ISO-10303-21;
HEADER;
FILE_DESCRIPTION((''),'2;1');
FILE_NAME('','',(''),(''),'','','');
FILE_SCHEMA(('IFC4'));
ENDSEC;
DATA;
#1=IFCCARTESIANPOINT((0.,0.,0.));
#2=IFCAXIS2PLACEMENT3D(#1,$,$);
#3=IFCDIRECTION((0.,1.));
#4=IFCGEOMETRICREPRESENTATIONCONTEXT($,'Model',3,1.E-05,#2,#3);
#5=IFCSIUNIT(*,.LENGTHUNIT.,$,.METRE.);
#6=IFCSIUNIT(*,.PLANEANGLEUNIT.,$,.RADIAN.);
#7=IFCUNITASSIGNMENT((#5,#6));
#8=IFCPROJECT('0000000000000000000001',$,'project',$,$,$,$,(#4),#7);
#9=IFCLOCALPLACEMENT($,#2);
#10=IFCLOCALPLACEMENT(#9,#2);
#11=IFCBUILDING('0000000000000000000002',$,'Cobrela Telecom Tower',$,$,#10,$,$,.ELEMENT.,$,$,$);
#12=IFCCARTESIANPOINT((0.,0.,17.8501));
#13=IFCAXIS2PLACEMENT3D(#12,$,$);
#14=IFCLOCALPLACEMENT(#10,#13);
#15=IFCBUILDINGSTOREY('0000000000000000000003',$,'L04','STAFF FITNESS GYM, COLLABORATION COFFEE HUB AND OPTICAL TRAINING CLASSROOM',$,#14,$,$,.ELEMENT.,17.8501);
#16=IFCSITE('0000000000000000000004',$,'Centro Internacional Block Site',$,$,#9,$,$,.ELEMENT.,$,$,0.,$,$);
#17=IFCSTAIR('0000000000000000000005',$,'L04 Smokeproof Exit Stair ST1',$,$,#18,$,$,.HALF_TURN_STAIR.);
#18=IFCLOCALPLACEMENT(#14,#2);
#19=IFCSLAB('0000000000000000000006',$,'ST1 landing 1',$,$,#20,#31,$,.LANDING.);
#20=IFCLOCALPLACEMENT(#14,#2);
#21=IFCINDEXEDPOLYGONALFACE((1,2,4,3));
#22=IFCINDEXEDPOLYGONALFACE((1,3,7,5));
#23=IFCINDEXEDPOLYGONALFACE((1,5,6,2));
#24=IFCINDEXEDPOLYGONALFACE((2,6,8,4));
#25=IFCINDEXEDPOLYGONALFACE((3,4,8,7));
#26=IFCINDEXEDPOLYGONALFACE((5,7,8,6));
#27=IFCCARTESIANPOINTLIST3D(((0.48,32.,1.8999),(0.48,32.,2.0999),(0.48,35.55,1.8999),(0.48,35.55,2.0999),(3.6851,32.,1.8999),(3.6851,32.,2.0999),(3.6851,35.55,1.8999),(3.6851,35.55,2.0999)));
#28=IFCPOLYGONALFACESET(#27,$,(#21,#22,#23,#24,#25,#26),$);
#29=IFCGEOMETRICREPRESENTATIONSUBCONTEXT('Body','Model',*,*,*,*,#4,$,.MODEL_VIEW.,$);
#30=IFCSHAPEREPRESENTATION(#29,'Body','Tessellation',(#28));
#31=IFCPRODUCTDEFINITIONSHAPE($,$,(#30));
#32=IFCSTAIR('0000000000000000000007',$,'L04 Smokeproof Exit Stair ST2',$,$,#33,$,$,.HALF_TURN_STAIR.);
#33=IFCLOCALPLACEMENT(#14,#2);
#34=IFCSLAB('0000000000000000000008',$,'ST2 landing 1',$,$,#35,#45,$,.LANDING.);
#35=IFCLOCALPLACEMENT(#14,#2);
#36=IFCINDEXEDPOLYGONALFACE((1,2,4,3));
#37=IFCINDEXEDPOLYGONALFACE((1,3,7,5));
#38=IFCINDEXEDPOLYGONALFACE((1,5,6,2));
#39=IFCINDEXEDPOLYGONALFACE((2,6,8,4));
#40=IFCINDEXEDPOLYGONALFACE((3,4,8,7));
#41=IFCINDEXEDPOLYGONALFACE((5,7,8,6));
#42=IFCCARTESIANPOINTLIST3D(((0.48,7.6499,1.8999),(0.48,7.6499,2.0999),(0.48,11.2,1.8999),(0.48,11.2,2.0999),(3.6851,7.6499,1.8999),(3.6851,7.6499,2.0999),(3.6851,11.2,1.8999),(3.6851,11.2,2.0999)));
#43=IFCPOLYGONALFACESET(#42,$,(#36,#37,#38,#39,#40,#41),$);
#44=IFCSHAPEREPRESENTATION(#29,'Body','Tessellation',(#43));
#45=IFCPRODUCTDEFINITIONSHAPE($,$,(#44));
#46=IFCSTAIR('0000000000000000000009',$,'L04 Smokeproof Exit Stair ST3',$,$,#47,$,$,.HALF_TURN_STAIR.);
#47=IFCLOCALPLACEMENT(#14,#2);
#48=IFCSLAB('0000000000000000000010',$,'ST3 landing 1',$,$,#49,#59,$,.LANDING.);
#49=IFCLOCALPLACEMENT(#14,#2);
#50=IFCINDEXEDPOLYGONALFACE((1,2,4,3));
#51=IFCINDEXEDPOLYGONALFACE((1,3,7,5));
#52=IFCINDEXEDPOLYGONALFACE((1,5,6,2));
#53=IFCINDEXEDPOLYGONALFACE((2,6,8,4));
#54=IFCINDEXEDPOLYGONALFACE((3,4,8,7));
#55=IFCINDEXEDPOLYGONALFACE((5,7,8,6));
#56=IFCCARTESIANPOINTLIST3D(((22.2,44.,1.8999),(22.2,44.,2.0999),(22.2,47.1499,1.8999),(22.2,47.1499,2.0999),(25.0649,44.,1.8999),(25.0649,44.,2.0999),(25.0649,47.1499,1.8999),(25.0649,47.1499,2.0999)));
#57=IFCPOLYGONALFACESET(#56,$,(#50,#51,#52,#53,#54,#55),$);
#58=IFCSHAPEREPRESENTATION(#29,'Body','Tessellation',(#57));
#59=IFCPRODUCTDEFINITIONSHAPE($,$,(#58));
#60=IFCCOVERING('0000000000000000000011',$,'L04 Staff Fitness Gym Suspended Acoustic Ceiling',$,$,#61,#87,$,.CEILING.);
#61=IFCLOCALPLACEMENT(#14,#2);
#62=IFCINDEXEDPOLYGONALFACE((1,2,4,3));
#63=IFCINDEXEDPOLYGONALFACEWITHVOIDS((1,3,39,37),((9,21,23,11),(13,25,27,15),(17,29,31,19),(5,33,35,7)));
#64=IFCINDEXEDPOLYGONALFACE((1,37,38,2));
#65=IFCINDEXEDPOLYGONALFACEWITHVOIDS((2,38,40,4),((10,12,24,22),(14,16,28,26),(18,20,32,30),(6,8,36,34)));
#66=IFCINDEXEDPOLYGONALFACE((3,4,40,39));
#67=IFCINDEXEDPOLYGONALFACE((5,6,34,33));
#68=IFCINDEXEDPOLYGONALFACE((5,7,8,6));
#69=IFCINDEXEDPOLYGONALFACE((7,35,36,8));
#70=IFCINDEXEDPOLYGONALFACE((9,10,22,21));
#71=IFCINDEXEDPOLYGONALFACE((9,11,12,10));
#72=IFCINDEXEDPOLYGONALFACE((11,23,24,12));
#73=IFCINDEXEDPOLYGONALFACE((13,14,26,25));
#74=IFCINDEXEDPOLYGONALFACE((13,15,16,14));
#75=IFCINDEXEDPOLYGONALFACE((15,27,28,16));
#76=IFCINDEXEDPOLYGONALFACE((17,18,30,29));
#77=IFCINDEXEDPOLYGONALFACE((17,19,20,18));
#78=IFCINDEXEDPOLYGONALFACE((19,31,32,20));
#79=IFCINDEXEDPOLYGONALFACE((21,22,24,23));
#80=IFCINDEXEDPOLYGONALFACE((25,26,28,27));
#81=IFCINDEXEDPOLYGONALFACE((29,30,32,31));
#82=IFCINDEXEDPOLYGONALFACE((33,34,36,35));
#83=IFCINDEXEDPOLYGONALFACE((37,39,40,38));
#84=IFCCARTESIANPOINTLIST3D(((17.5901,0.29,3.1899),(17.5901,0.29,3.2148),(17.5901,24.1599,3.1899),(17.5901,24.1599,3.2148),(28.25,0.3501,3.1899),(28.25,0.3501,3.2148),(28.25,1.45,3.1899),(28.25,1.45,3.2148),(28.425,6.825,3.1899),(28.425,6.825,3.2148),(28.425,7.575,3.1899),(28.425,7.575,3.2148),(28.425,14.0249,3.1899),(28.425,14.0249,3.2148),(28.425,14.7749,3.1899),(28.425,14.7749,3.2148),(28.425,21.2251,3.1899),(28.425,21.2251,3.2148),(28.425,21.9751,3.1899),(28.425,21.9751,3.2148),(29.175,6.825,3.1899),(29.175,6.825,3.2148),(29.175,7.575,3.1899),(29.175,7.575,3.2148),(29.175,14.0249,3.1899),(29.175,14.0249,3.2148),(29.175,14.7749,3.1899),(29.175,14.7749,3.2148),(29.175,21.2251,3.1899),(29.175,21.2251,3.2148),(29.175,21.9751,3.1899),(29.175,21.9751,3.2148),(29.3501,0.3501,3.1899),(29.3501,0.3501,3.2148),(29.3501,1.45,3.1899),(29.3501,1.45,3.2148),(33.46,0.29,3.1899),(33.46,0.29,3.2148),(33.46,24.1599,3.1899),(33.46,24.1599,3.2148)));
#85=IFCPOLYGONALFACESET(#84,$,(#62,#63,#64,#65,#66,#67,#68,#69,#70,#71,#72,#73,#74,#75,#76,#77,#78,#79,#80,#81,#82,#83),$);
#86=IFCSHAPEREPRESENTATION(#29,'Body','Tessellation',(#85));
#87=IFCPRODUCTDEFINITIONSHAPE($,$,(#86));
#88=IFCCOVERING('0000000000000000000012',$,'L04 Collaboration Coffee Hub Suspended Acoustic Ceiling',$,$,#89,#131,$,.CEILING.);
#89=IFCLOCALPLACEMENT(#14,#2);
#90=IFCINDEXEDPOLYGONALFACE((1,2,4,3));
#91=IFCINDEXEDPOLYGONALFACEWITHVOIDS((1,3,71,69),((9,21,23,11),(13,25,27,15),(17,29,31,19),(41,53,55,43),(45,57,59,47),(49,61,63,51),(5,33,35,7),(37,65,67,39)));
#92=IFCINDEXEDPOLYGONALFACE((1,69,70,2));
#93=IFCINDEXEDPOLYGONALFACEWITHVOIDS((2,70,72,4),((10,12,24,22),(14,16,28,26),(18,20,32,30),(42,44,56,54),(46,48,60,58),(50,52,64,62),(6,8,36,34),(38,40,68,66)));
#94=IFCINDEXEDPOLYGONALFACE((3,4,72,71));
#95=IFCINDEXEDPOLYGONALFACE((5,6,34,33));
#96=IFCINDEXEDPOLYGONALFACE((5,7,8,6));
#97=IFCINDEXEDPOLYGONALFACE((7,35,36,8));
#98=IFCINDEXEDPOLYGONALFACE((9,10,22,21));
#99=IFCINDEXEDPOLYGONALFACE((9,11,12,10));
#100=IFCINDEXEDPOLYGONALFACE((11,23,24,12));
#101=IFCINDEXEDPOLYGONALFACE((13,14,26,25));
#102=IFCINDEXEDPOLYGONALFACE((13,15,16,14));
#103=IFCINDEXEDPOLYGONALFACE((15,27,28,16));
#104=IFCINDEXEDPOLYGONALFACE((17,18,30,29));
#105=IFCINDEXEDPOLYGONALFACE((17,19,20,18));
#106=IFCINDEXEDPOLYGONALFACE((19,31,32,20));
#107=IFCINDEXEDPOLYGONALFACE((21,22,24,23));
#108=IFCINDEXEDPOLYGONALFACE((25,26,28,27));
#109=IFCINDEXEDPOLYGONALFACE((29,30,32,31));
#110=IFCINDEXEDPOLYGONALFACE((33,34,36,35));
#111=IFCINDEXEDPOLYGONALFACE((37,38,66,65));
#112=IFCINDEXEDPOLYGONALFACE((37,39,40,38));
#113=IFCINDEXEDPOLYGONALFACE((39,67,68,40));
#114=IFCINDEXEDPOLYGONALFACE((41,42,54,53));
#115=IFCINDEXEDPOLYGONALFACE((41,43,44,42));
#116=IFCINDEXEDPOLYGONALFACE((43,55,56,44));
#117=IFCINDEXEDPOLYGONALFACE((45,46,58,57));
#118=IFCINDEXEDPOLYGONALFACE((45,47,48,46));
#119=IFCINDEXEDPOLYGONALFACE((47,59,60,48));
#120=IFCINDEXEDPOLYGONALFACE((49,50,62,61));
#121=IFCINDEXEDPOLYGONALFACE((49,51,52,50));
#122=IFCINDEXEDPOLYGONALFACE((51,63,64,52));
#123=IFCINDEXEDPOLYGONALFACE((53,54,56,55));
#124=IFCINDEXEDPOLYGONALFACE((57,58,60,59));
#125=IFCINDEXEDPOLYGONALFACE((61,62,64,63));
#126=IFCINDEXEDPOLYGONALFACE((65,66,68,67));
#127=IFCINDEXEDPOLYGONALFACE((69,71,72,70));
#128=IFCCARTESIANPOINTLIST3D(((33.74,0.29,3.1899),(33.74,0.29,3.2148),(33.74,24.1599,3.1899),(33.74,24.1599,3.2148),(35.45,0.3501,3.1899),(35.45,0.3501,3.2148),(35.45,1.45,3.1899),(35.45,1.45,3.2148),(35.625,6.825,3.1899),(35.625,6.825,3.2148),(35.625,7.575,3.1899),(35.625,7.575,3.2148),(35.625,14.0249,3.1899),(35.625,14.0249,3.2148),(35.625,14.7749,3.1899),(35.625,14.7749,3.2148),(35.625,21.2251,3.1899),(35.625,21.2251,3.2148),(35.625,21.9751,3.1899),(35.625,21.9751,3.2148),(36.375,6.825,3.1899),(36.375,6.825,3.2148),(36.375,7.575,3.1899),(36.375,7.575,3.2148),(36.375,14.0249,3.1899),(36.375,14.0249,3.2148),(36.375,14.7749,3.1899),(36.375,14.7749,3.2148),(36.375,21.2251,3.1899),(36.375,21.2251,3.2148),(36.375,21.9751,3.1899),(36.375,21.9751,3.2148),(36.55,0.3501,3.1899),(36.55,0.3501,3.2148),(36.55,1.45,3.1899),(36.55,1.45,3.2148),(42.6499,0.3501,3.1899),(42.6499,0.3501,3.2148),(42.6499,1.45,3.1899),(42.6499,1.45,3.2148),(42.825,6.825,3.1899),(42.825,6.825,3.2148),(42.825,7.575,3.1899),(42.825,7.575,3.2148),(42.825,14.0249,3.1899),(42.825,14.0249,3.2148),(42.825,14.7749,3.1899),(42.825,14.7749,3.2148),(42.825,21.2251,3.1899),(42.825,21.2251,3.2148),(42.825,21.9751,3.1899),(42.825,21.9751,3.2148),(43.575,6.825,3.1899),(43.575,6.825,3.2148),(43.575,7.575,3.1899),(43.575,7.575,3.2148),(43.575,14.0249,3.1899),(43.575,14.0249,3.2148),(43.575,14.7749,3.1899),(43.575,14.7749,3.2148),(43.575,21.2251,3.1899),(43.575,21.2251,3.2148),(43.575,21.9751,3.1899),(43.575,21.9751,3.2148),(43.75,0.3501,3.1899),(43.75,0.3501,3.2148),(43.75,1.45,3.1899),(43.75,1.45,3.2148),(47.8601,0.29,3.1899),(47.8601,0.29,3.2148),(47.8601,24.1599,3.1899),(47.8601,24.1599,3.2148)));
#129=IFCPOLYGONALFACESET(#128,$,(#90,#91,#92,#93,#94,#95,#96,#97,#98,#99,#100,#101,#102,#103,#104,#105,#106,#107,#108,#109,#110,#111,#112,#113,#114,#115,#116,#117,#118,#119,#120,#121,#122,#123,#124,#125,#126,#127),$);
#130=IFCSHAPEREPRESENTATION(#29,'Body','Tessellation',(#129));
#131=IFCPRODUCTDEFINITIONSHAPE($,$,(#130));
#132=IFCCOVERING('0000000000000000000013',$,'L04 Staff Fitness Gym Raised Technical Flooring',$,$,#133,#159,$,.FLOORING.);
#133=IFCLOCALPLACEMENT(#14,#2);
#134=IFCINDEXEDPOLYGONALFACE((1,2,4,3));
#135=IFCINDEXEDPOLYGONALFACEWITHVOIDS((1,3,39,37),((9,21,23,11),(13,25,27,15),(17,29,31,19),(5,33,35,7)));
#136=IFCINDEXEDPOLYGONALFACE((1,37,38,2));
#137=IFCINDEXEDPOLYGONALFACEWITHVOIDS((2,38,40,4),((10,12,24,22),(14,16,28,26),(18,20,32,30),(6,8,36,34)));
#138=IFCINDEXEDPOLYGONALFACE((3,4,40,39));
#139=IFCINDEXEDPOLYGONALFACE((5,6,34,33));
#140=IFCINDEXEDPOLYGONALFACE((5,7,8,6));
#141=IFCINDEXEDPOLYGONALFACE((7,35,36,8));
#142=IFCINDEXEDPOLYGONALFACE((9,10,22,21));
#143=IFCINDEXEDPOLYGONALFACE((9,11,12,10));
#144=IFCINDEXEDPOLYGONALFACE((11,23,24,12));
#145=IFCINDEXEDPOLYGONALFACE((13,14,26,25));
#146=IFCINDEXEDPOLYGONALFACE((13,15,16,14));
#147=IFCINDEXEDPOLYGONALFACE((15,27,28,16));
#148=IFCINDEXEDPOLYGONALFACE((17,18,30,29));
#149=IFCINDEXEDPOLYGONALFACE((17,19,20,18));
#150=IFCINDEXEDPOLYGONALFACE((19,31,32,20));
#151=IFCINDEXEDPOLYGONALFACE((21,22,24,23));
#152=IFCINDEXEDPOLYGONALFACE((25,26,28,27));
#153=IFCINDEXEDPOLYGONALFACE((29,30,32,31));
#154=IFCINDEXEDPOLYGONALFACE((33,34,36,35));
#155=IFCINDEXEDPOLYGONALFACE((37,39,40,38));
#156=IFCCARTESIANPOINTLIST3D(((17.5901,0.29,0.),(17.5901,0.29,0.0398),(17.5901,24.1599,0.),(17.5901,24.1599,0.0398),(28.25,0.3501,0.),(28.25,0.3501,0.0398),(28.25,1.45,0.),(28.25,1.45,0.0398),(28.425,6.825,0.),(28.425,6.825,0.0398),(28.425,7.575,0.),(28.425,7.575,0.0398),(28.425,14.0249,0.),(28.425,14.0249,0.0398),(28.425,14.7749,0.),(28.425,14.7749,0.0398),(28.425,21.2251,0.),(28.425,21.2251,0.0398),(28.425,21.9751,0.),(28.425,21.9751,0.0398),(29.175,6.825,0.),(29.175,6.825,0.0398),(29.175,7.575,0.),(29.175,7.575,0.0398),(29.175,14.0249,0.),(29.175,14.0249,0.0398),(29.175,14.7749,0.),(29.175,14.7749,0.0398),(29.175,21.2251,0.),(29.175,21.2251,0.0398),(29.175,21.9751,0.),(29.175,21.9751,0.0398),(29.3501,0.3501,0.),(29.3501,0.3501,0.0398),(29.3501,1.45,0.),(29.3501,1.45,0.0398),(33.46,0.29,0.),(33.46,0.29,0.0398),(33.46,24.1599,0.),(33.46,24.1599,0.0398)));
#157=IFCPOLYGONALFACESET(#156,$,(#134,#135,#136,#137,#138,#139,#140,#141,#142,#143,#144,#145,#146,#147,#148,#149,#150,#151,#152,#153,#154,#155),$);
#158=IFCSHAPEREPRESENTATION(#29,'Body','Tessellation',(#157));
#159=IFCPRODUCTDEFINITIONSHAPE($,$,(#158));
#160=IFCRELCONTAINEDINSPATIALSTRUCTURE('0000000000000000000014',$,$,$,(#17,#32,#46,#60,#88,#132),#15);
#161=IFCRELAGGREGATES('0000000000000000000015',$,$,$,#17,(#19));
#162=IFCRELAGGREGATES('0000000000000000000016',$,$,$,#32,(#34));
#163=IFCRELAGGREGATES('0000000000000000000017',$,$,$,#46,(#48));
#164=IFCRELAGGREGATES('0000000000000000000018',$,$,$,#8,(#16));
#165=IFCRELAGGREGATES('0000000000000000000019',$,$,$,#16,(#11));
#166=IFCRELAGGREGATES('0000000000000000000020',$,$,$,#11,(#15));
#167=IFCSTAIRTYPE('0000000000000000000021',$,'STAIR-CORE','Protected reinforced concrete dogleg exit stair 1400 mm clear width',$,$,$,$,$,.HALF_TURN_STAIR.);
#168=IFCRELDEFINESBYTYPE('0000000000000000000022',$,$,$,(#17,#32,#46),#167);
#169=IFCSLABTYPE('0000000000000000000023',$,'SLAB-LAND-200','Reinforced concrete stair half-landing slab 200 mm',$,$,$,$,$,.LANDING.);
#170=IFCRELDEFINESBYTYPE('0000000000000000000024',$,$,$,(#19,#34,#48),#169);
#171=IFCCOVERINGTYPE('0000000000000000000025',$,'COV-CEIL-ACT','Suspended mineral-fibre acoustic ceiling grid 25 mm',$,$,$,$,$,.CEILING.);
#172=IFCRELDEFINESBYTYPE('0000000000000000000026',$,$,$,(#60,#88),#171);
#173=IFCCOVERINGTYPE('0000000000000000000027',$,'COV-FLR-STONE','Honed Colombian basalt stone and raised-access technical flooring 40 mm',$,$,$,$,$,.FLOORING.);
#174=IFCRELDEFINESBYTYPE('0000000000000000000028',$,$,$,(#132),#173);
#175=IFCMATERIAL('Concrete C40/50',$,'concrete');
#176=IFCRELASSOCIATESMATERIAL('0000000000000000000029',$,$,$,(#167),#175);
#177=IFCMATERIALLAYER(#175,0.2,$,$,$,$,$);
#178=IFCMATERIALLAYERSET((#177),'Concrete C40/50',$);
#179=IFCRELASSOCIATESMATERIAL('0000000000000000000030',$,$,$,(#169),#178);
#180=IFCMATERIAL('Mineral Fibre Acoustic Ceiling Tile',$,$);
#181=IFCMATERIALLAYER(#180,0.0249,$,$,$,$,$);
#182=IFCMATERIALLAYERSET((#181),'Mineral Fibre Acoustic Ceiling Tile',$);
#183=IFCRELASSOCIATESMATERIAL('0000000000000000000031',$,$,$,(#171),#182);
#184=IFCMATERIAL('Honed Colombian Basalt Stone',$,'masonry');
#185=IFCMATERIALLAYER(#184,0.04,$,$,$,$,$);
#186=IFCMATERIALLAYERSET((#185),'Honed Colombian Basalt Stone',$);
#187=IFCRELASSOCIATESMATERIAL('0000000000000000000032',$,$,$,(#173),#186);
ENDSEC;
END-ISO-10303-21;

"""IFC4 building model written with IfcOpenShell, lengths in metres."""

from ifc_helpers import new_model, si_unit, direction, frame, origin, place, context, subcontext, project, spatial, polyline, outline, extrude, material, layer, layer_set, type_object, element, aggregate, save


model = new_model("IFC4")

# Units and contexts
model_context = context("Model", 3, precision=1e-05, world=origin(), true_north=direction((0.0, 1.0)))
body_context = subcontext(model_context, "Body", "Model", "MODEL_VIEW")
ifc_project = project(units=[si_unit("LENGTHUNIT", "METRE"), si_unit("PLANEANGLEUNIT", "RADIAN")], contexts=[model_context])

# Site, building, storey
site_placement = place(None, origin())
site = spatial("IfcSite", under=ifc_project, at=site_placement, Name="Centro Internacional Block Site", CompositionType="ELEMENT", RefElevation=0.0)
building_placement = place(site_placement, origin())
building = spatial("IfcBuilding", under=site, at=building_placement, Name="Cobrela Telecom Tower", CompositionType="ELEMENT")
storey_placement = place(building_placement, frame((0.0, 0.0, 17.8501)))
storey = spatial("IfcBuildingStorey", under=building, at=storey_placement, Name="L04", Description="STAFF FITNESS GYM, COLLABORATION COFFEE HUB AND OPTICAL TRAINING CLASSROOM", CompositionType="ELEMENT", Elevation=17.8501)

# Shared definitions
ifc_material_1 = material(Name="Concrete C40/50", Category="concrete")

# Stairs, slabs
stair_type = type_object("IfcStairType", Name="STAIR-CORE", Description="Protected reinforced concrete dogleg exit stair 1400 mm clear width", PredefinedType="HALF_TURN_STAIR", material=ifc_material_1)
stair_1_placement = place(storey_placement, origin())
stair_1 = element("IfcStair", 1, at=stair_1_placement, inside=storey, type_object=stair_type, Name="L04 Smokeproof Exit Stair ST1", PredefinedType="HALF_TURN_STAIR")
ifc_layer_1 = layer(ifc_material_1, 0.2)
ifc_layer_set_1 = layer_set([ifc_layer_1], Name="Concrete C40/50")
slab_type_1 = type_object("IfcSlabType", Name="SLAB-LAND-200", Description="Reinforced concrete stair half-landing slab 200 mm", PredefinedType="LANDING", material=ifc_layer_set_1)
slab_1_placement = place(storey_placement, frame((0.0, 0.0, 1.8999)))
slab_1 = element("IfcSlab", 2, at=slab_1_placement, type_object=slab_type_1, Name="ST1 landing 1", PredefinedType="LANDING", context=body_context, shape_type="SweptSolid", body=[
    extrude(outline(polyline([(3.6851, 35.55), (0.48, 35.55), (0.48, 32.0), (3.6851, 32.0), (3.6851, 35.55)])), origin(), (0.0, 0.0, 1.0), 0.2),
])
aggregate(stair_1, [slab_1])
stair_2_placement = place(storey_placement, origin())
stair_2 = element("IfcStair", 3, at=stair_2_placement, inside=storey, type_object=stair_type, Name="L04 Smokeproof Exit Stair ST2", PredefinedType="HALF_TURN_STAIR")
slab_2_placement = place(storey_placement, frame((0.0, 0.0, 1.8999)))
slab_2 = element("IfcSlab", 4, at=slab_2_placement, type_object=slab_type_1, Name="ST2 landing 1", PredefinedType="LANDING", context=body_context, shape_type="SweptSolid", body=[
    extrude(outline(polyline([(3.6851, 11.2), (0.48, 11.2), (0.48, 7.6499), (3.6851, 7.6499), (3.6851, 11.2)])), origin(), (0.0, 0.0, 1.0), 0.2),
])
aggregate(stair_2, [slab_2])
stair_3_placement = place(storey_placement, origin())
stair_3 = element("IfcStair", 5, at=stair_3_placement, inside=storey, type_object=stair_type, Name="L04 Smokeproof Exit Stair ST3", PredefinedType="HALF_TURN_STAIR")
slab_3_placement = place(storey_placement, frame((0.0, 0.0, 1.8999)))
slab_3 = element("IfcSlab", 6, at=slab_3_placement, type_object=slab_type_1, Name="ST3 landing 1", PredefinedType="LANDING", context=body_context, shape_type="SweptSolid", body=[
    extrude(outline(polyline([(25.0649, 47.1499), (22.2, 47.1499), (22.2, 44.0), (25.0649, 44.0), (25.0649, 47.1499)])), origin(), (0.0, 0.0, 1.0), 0.2),
])
aggregate(stair_3, [slab_3])

# Coverings
ifc_material_2 = material(Name="Mineral Fibre Acoustic Ceiling Tile")
ifc_layer_2 = layer(ifc_material_2, 0.0249)
ifc_layer_set_2 = layer_set([ifc_layer_2], Name="Mineral Fibre Acoustic Ceiling Tile")
covering_type_1 = type_object("IfcCoveringType", Name="COV-CEIL-ACT", Description="Suspended mineral-fibre acoustic ceiling grid 25 mm", PredefinedType="CEILING", material=ifc_layer_set_2)
covering_1_placement = place(storey_placement, frame((0.0, 0.0, 3.1899)))
element("IfcCovering", 7, at=covering_1_placement, inside=storey, type_object=covering_type_1, Name="L04 Staff Fitness Gym Suspended Acoustic Ceiling", PredefinedType="CEILING", context=body_context, shape_type="SweptSolid", body=[
    extrude(outline(polyline([(33.46, 0.29), (17.5901, 0.29), (17.5901, 24.1599), (33.46, 24.1599), (33.46, 0.29)]), holes=[polyline([(29.3501, 0.3501), (29.3501, 1.45), (28.25, 1.45), (28.25, 0.3501), (29.3501, 0.3501)]), polyline([(28.425, 6.825), (29.175, 6.825), (29.175, 7.575), (28.425, 7.575), (28.425, 6.825)]), polyline([(29.175, 14.0249), (29.175, 14.7749), (28.425, 14.7749), (28.425, 14.0249), (29.175, 14.0249)]), polyline([(28.425, 21.2251), (29.175, 21.2251), (29.175, 21.9751), (28.425, 21.9751), (28.425, 21.2251)])]), origin(), (0.0, 0.0, 1.0), 0.0249),
])
covering_2_placement = place(storey_placement, frame((0.0, 0.0, 3.1899)))
element("IfcCovering", 8, at=covering_2_placement, inside=storey, type_object=covering_type_1, Name="L04 Collaboration Coffee Hub Suspended Acoustic Ceiling", PredefinedType="CEILING", context=body_context, shape_type="SweptSolid", body=[
    extrude(outline(polyline([(47.8601, 0.29), (33.74, 0.29), (33.74, 24.1599), (47.8601, 24.1599), (47.8601, 0.29)]), holes=[polyline([(35.45, 0.3501), (36.55, 0.3501), (36.55, 1.45), (35.45, 1.45), (35.45, 0.3501)]), polyline([(35.625, 6.825), (36.375, 6.825), (36.375, 7.575), (35.625, 7.575), (35.625, 6.825)]), polyline([(42.6499, 0.3501), (43.75, 0.3501), (43.75, 1.45), (42.6499, 1.45), (42.6499, 0.3501)]), polyline([(42.825, 6.825), (43.575, 6.825), (43.575, 7.575), (42.825, 7.575), (42.825, 6.825)]), polyline([(42.825, 14.0249), (43.575, 14.0249), (43.575, 14.7749), (42.825, 14.7749), (42.825, 14.0249)]), polyline([(35.625, 14.0249), (36.375, 14.0249), (36.375, 14.7749), (35.625, 14.7749), (35.625, 14.0249)]), polyline([(42.825, 21.2251), (43.575, 21.2251), (43.575, 21.9751), (42.825, 21.9751), (42.825, 21.2251)]), polyline([(36.375, 21.2251), (36.375, 21.9751), (35.625, 21.9751), (35.625, 21.2251), (36.375, 21.2251)])]), origin(), (0.0, 0.0, 1.0), 0.0249),
])
ifc_material_3 = material(Name="Honed Colombian Basalt Stone", Category="masonry")
ifc_layer_3 = layer(ifc_material_3, 0.04)
ifc_layer_set_3 = layer_set([ifc_layer_3], Name="Honed Colombian Basalt Stone")
covering_type_2 = type_object("IfcCoveringType", Name="COV-FLR-STONE", Description="Honed Colombian basalt stone and raised-access technical flooring 40 mm", PredefinedType="FLOORING", material=ifc_layer_set_3)
covering_3_placement = place(storey_placement, origin())
element("IfcCovering", 9, at=covering_3_placement, inside=storey, type_object=covering_type_2, Name="L04 Staff Fitness Gym Raised Technical Flooring", PredefinedType="FLOORING", context=body_context, shape_type="SweptSolid", body=[
    extrude(outline(polyline([(33.46, 0.29), (17.5901, 0.29), (17.5901, 24.1599), (33.46, 24.1599), (33.46, 0.29)]), holes=[polyline([(29.3501, 0.3501), (29.3501, 1.45), (28.25, 1.45), (28.25, 0.3501), (29.3501, 0.3501)]), polyline([(28.425, 6.825), (29.175, 6.825), (29.175, 7.575), (28.425, 7.575), (28.425, 6.825)]), polyline([(29.175, 14.0249), (29.175, 14.7749), (28.425, 14.7749), (28.425, 14.0249), (29.175, 14.0249)]), polyline([(28.425, 21.2251), (29.175, 21.2251), (29.175, 21.9751), (28.425, 21.9751), (28.425, 21.2251)])]), origin(), (0.0, 0.0, 1.0), 0.0398),
])

save(model, "model.ifc")
